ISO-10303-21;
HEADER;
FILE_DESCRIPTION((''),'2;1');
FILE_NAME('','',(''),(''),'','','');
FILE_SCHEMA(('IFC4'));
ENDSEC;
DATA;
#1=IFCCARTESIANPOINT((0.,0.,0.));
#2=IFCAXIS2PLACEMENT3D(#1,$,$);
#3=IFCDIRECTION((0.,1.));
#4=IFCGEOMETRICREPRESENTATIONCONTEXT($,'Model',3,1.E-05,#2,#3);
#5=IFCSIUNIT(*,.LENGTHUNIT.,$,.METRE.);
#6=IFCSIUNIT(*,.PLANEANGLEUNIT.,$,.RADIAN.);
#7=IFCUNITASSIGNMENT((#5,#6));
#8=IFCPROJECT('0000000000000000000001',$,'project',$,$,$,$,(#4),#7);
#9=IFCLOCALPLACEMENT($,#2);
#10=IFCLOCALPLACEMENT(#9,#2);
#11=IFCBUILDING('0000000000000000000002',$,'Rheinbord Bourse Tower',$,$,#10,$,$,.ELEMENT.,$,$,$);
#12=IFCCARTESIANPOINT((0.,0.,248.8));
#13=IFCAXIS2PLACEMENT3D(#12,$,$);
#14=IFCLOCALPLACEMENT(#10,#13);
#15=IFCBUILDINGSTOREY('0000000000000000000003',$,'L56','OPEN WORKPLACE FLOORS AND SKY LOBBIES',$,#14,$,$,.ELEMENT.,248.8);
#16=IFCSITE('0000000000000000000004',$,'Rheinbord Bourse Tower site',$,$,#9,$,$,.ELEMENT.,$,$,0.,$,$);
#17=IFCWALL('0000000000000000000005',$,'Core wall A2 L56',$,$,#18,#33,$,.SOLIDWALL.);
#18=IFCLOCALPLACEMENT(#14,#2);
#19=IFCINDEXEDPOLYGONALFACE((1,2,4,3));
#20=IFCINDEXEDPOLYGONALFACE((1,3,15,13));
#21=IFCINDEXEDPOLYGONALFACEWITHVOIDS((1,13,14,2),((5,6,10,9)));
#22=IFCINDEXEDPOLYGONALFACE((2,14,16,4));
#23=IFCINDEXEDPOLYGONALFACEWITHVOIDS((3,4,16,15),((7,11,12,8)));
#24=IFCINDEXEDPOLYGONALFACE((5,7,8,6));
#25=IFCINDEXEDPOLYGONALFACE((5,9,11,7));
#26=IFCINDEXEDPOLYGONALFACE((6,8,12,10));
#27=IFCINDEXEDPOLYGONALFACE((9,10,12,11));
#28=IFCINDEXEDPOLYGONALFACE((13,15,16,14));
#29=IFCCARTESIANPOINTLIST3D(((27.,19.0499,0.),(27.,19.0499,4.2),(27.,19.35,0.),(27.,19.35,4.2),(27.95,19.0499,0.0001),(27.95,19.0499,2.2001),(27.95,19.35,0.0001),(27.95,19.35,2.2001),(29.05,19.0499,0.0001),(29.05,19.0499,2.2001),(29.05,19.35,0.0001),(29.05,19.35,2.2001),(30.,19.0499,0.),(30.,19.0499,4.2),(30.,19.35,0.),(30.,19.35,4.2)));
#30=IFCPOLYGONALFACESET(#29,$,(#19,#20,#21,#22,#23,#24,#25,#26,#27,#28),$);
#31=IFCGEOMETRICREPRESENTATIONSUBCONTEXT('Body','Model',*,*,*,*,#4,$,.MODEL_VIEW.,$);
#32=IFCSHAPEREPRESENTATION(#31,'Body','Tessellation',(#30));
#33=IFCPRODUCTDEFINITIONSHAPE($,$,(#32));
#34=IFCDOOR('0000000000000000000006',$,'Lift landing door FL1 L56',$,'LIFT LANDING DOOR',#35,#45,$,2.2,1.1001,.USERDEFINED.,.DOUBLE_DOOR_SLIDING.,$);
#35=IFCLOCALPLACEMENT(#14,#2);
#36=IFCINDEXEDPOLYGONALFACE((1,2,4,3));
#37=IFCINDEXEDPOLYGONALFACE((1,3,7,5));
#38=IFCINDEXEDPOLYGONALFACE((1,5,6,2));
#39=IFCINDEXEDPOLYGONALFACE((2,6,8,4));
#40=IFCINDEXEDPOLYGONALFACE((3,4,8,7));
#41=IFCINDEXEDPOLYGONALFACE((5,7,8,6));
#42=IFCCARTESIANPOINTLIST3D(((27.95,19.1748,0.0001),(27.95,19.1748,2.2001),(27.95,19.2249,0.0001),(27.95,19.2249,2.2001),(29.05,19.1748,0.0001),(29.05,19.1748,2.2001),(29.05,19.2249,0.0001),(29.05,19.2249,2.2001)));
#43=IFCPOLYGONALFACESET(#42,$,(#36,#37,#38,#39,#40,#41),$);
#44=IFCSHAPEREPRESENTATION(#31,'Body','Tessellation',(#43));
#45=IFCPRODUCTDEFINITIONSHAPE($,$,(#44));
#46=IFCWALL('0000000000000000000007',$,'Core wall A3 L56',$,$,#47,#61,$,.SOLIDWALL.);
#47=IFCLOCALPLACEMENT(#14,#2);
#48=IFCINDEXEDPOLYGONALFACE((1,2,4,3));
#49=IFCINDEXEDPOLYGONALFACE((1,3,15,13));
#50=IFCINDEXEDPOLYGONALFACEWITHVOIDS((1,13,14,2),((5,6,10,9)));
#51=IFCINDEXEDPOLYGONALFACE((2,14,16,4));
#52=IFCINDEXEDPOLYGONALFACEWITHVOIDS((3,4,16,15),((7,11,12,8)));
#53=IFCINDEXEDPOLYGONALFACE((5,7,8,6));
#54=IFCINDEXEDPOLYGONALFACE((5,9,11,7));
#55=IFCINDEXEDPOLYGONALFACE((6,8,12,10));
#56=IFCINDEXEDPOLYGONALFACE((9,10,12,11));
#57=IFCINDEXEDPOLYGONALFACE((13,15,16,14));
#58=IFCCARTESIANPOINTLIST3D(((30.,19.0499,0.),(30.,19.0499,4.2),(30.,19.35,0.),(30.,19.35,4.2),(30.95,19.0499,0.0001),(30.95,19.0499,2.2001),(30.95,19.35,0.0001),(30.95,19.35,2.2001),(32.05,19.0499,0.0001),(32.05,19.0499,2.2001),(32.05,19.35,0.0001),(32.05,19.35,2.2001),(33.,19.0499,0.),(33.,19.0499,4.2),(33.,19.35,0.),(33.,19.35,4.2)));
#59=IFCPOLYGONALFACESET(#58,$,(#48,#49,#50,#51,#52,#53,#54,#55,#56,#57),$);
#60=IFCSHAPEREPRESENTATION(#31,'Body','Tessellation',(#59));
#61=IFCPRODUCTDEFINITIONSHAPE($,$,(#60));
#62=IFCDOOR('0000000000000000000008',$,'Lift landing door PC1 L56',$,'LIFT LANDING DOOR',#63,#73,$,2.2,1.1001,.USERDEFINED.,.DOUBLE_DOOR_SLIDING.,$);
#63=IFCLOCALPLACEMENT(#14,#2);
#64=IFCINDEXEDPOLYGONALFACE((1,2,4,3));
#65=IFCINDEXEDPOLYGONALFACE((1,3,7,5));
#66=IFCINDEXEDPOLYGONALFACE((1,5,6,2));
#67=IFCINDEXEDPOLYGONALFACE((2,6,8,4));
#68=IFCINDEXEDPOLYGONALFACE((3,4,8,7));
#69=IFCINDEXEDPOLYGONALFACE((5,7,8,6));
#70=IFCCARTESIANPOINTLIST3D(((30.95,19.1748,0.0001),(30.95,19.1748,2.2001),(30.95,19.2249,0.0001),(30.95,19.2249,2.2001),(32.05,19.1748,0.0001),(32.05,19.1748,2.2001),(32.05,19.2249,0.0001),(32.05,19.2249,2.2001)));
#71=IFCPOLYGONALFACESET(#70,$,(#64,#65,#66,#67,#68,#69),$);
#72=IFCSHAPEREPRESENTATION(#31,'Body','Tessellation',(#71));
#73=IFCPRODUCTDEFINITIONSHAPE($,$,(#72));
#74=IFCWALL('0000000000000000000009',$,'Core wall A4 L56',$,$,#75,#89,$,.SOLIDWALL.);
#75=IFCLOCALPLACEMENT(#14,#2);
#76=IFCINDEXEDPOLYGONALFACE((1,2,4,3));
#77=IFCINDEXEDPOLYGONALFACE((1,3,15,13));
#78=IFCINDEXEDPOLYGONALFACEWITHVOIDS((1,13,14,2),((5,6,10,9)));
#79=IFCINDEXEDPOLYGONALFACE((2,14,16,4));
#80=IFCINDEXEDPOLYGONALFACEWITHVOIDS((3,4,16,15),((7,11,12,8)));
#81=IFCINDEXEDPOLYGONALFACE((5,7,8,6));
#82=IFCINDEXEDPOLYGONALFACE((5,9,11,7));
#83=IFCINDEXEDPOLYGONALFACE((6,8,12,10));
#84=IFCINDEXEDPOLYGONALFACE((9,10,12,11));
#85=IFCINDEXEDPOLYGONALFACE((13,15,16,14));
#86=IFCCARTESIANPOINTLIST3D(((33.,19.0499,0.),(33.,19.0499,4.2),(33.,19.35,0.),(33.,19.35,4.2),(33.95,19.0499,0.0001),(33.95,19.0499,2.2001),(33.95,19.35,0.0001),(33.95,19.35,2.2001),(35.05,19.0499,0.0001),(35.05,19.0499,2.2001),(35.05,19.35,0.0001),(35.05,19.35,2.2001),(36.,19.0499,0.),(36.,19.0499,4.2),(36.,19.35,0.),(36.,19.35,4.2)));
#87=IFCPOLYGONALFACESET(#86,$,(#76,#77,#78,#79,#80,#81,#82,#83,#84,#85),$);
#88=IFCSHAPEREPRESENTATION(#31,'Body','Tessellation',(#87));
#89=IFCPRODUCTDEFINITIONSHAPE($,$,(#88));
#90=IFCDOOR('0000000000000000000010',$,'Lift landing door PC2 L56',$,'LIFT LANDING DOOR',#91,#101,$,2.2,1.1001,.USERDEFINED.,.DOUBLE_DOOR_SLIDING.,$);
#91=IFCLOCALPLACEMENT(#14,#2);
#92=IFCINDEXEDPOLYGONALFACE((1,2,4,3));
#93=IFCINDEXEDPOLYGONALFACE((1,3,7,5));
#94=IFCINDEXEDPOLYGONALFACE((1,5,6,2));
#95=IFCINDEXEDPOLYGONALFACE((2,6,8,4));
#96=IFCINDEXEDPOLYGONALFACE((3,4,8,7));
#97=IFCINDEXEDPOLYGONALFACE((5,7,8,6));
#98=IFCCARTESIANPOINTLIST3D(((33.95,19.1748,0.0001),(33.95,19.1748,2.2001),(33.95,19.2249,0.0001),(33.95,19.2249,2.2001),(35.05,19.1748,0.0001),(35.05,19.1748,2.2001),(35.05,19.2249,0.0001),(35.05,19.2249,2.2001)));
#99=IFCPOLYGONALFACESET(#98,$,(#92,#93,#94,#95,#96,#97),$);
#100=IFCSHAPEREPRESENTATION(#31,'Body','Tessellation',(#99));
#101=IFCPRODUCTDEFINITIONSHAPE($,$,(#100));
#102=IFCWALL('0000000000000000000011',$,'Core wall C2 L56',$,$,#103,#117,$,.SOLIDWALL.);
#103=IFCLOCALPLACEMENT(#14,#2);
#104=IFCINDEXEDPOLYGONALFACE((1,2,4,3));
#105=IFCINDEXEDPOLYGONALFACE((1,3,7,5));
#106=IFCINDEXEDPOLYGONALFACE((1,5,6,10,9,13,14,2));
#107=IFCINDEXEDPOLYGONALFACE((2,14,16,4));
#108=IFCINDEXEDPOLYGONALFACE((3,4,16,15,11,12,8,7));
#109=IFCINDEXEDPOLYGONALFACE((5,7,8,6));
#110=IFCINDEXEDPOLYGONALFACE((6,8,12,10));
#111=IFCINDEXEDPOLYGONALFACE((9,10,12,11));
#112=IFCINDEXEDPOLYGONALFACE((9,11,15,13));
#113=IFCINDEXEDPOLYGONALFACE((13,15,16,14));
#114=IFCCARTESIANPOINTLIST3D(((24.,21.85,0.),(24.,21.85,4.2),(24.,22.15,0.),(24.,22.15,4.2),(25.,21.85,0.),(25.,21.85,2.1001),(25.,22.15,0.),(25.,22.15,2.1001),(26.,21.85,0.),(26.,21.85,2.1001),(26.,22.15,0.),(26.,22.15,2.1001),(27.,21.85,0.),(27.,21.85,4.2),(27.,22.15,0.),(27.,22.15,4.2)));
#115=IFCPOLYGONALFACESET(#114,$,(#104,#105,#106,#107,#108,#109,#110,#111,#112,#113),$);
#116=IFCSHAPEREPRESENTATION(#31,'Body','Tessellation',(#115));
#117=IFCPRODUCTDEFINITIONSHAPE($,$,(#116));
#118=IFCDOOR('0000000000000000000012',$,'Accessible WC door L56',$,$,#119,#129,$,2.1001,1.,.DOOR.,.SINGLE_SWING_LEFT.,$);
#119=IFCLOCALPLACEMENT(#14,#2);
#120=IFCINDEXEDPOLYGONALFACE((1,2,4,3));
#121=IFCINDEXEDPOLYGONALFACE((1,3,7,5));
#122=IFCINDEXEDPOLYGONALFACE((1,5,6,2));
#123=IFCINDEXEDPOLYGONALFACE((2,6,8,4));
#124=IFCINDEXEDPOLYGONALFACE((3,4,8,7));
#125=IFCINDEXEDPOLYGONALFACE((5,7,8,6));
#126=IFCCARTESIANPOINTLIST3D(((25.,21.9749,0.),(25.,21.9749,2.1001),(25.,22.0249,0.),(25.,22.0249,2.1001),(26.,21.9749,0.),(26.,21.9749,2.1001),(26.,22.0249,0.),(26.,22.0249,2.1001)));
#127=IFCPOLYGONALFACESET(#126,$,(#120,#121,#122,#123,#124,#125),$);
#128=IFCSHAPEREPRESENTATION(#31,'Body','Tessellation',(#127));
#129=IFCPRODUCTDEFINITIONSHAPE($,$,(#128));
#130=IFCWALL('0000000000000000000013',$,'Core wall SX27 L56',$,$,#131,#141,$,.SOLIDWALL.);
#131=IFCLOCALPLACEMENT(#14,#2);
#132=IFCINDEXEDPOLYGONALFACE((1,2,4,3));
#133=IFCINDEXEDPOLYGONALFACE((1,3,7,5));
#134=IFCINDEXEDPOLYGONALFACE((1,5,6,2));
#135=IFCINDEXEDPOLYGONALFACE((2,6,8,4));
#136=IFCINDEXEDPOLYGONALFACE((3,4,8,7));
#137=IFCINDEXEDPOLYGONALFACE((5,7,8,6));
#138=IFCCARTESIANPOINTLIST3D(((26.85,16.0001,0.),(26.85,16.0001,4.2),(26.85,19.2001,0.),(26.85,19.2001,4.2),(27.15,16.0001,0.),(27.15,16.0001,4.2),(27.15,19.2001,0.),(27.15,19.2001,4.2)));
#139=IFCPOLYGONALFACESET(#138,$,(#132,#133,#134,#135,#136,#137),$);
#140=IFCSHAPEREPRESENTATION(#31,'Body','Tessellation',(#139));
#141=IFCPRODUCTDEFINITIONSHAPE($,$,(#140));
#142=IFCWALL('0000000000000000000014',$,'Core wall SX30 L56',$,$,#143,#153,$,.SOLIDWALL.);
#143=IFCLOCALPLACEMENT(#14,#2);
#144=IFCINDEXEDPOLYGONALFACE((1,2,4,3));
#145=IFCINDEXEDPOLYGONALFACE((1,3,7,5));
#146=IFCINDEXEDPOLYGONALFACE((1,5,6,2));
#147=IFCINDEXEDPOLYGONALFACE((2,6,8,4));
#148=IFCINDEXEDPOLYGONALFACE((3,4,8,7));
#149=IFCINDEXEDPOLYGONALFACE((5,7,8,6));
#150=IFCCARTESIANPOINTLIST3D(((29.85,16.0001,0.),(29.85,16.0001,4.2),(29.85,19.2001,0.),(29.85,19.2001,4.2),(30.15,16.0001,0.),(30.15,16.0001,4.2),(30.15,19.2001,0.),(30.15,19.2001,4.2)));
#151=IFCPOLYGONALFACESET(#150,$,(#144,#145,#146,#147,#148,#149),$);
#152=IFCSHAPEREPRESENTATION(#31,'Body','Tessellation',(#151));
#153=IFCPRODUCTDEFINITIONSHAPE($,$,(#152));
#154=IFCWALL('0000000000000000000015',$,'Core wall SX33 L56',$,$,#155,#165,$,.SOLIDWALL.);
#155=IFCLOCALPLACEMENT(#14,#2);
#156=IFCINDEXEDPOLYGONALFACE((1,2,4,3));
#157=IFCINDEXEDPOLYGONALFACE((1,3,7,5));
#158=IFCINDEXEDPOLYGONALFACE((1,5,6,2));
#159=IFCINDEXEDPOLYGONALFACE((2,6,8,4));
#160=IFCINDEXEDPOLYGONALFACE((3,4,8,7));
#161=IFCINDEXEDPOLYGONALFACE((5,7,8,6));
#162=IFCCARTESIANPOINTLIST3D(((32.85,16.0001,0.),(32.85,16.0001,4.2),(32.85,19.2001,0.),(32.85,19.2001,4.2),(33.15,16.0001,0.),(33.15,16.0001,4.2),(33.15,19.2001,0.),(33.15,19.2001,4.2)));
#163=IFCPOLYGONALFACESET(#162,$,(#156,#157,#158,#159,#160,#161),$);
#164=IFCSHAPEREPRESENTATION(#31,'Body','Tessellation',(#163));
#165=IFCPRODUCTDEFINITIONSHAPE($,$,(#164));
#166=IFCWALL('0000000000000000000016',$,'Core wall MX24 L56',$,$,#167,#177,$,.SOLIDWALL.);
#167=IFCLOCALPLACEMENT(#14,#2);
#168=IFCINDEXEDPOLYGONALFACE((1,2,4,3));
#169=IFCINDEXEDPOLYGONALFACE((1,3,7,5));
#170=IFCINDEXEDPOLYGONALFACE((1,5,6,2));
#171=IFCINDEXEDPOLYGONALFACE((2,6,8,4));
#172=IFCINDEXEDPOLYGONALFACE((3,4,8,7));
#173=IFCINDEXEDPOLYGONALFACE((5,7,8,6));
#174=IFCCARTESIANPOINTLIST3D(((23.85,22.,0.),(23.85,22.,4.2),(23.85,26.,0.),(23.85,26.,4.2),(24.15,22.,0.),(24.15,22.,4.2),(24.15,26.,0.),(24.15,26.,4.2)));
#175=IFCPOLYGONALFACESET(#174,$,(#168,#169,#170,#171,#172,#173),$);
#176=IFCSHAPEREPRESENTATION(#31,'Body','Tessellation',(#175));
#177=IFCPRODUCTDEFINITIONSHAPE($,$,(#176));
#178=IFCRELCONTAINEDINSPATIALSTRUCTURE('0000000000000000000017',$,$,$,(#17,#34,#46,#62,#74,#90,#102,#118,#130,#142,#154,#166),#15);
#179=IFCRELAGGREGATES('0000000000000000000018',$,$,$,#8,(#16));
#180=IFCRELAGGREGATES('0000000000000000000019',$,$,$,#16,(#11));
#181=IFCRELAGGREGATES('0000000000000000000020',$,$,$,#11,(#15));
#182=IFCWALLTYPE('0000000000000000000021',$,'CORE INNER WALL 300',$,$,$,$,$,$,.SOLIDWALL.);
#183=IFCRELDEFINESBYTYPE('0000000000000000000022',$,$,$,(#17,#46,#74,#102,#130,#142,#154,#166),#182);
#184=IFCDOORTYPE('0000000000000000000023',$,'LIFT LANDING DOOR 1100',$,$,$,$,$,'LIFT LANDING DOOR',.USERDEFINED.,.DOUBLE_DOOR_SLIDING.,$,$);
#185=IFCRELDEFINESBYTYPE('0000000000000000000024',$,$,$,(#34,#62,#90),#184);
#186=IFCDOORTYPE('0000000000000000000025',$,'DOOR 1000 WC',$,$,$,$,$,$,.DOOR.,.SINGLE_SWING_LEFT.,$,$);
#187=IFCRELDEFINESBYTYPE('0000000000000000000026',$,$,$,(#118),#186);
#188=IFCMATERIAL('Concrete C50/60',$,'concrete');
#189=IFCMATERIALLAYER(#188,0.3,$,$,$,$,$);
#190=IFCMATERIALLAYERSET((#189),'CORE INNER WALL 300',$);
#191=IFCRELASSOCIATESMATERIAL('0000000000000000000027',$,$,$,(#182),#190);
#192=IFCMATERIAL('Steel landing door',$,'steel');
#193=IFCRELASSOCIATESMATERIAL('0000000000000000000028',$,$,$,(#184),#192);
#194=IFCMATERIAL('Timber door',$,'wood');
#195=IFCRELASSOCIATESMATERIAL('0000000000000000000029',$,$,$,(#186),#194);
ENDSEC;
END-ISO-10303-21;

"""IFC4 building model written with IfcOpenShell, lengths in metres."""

from ifc_helpers import new_model, si_unit, direction, frame, frame_2d, origin, place, context, subcontext, project, spatial, rectangle, extrude, material, layer, layer_set, type_object, element, fill, save


model = new_model("IFC4")

# Units and contexts
model_context = context("Model", 3, precision=1e-05, world=origin(), true_north=direction((0.0, 1.0)))
body_context = subcontext(model_context, "Body", "Model", "MODEL_VIEW")
ifc_project = project(units=[si_unit("LENGTHUNIT", "METRE"), si_unit("PLANEANGLEUNIT", "RADIAN")], contexts=[model_context])

# Site, building, storey
site_placement = place(None, origin())
site = spatial("IfcSite", under=ifc_project, at=site_placement, Name="Rheinbord Bourse Tower site", CompositionType="ELEMENT", RefElevation=0.0)
building_placement = place(site_placement, origin())
building = spatial("IfcBuilding", under=site, at=building_placement, Name="Rheinbord Bourse Tower", CompositionType="ELEMENT")
storey_placement = place(building_placement, frame((0.0, 0.0, 248.8)))
storey = spatial("IfcBuildingStorey", under=building, at=storey_placement, Name="L56", Description="OPEN WORKPLACE FLOORS AND SKY LOBBIES", CompositionType="ELEMENT", Elevation=248.8)

# Walls, openings, doors
ifc_material_1 = material(Name="Concrete C50/60", Category="concrete")
ifc_layer_1 = layer(ifc_material_1, 0.3)
ifc_layer_set_1 = layer_set([ifc_layer_1], Name="CORE INNER WALL 300")
wall_type_1 = type_object("IfcWallType", Name="CORE INNER WALL 300", PredefinedType="SOLIDWALL", material=ifc_layer_set_1)
wall_1_placement = place(storey_placement, frame((27.0, 19.2, 0.0), z_axis=(0.0, 0.0, 1.0), x_axis=(1.0, 0.0, 0.0)))
wall_1 = element("IfcWall", 1, at=wall_1_placement, inside=storey, type_object=wall_type_1, Name="Core wall A2 L56", PredefinedType="SOLIDWALL", context=body_context, shape_type="SweptSolid", body=[
    extrude(rectangle(XDim=3.0, YDim=0.3, at=frame_2d((1.5, 0.0))), origin(), (0.0, 0.0, 1.0), 4.2),
])
opening_1_placement = place(wall_1_placement, frame((0.95, 0.0, 0.0)))
opening_1 = element("IfcOpeningElement", 2, at=opening_1_placement, cuts=wall_1, PredefinedType="OPENING", context=body_context, shape_type="SweptSolid", body=[
    extrude(rectangle(XDim=1.1001, YDim=2.2, at=frame_2d((0.55, 1.1001))), frame((0.0, 0.1599, 0.0), z_axis=(0.0, -1.0, 0.0), x_axis=(1.0, 0.0, 0.0)), (0.0, 0.0, 1.0), 0.3201),
])
ifc_material_2 = material(Name="Steel landing door", Category="steel")
door_type_1 = type_object("IfcDoorType", Name="LIFT LANDING DOOR 1100", ElementType="LIFT LANDING DOOR", OperationType="DOUBLE_DOOR_SLIDING", PredefinedType="USERDEFINED", material=ifc_material_2)
door_1_placement = place(opening_1_placement, origin())
door_1 = element("IfcDoor", 3, at=door_1_placement, inside=storey, type_object=door_type_1, Name="Lift landing door FL1 L56", ObjectType="LIFT LANDING DOOR", OperationType="DOUBLE_DOOR_SLIDING", OverallHeight=2.2, OverallWidth=1.1001, PredefinedType="USERDEFINED", context=body_context, shape_type="SweptSolid", body=[
    extrude(rectangle(XDim=1.1001, YDim=2.2, at=frame_2d((0.55, 1.1001))), frame((0.0, 0.0249, 0.0), z_axis=(0.0, -1.0, 0.0), x_axis=(1.0, 0.0, 0.0)), (0.0, 0.0, 1.0), 0.05),
])
fill(opening_1, door_1)
wall_2_placement = place(storey_placement, frame((30.0, 19.2, 0.0), z_axis=(0.0, 0.0, 1.0), x_axis=(1.0, 0.0, 0.0)))
wall_2 = element("IfcWall", 4, at=wall_2_placement, inside=storey, type_object=wall_type_1, Name="Core wall A3 L56", PredefinedType="SOLIDWALL", context=body_context, shape_type="SweptSolid", body=[
    extrude(rectangle(XDim=3.0, YDim=0.3, at=frame_2d((1.5, 0.0))), origin(), (0.0, 0.0, 1.0), 4.2),
])
opening_2_placement = place(wall_2_placement, frame((0.95, 0.0, 0.0)))
opening_2 = element("IfcOpeningElement", 5, at=opening_2_placement, cuts=wall_2, PredefinedType="OPENING", context=body_context, shape_type="SweptSolid", body=[
    extrude(rectangle(XDim=1.1001, YDim=2.2, at=frame_2d((0.55, 1.1001))), frame((0.0, 0.1599, 0.0), z_axis=(0.0, -1.0, 0.0), x_axis=(1.0, 0.0, 0.0)), (0.0, 0.0, 1.0), 0.3201),
])
door_2_placement = place(opening_2_placement, origin())
door_2 = element("IfcDoor", 6, at=door_2_placement, inside=storey, type_object=door_type_1, Name="Lift landing door PC1 L56", ObjectType="LIFT LANDING DOOR", OperationType="DOUBLE_DOOR_SLIDING", OverallHeight=2.2, OverallWidth=1.1001, PredefinedType="USERDEFINED", context=body_context, shape_type="SweptSolid", body=[
    extrude(rectangle(XDim=1.1001, YDim=2.2, at=frame_2d((0.55, 1.1001))), frame((0.0, 0.0249, 0.0), z_axis=(0.0, -1.0, 0.0), x_axis=(1.0, 0.0, 0.0)), (0.0, 0.0, 1.0), 0.05),
])
fill(opening_2, door_2)
wall_3_placement = place(storey_placement, frame((33.0, 19.2, 0.0), z_axis=(0.0, 0.0, 1.0), x_axis=(1.0, 0.0, 0.0)))
wall_3 = element("IfcWall", 7, at=wall_3_placement, inside=storey, type_object=wall_type_1, Name="Core wall A4 L56", PredefinedType="SOLIDWALL", context=body_context, shape_type="SweptSolid", body=[
    extrude(rectangle(XDim=3.0, YDim=0.3, at=frame_2d((1.5, 0.0))), origin(), (0.0, 0.0, 1.0), 4.2),
])
opening_3_placement = place(wall_3_placement, frame((0.95, 0.0, 0.0)))
opening_3 = element("IfcOpeningElement", 8, at=opening_3_placement, cuts=wall_3, PredefinedType="OPENING", context=body_context, shape_type="SweptSolid", body=[
    extrude(rectangle(XDim=1.1001, YDim=2.2, at=frame_2d((0.55, 1.1001))), frame((0.0, 0.1599, 0.0), z_axis=(0.0, -1.0, 0.0), x_axis=(1.0, 0.0, 0.0)), (0.0, 0.0, 1.0), 0.3201),
])
door_3_placement = place(opening_3_placement, origin())
door_3 = element("IfcDoor", 9, at=door_3_placement, inside=storey, type_object=door_type_1, Name="Lift landing door PC2 L56", ObjectType="LIFT LANDING DOOR", OperationType="DOUBLE_DOOR_SLIDING", OverallHeight=2.2, OverallWidth=1.1001, PredefinedType="USERDEFINED", context=body_context, shape_type="SweptSolid", body=[
    extrude(rectangle(XDim=1.1001, YDim=2.2, at=frame_2d((0.55, 1.1001))), frame((0.0, 0.0249, 0.0), z_axis=(0.0, -1.0, 0.0), x_axis=(1.0, 0.0, 0.0)), (0.0, 0.0, 1.0), 0.05),
])
fill(opening_3, door_3)
wall_4_placement = place(storey_placement, frame((24.0, 22.0, 0.0), z_axis=(0.0, 0.0, 1.0), x_axis=(1.0, 0.0, 0.0)))
wall_4 = element("IfcWall", 10, at=wall_4_placement, inside=storey, type_object=wall_type_1, Name="Core wall C2 L56", PredefinedType="SOLIDWALL", context=body_context, shape_type="SweptSolid", body=[
    extrude(rectangle(XDim=3.0, YDim=0.3, at=frame_2d((1.5, 0.0))), origin(), (0.0, 0.0, 1.0), 4.2),
])
opening_4_placement = place(wall_4_placement, frame((1.0, 0.0, 0.0)))
opening_4 = element("IfcOpeningElement", 11, at=opening_4_placement, cuts=wall_4, PredefinedType="OPENING", context=body_context, shape_type="SweptSolid", body=[
    extrude(rectangle(XDim=1.0, YDim=2.1001, at=frame_2d((0.5, 1.05))), frame((0.0, 0.1599, 0.0), z_axis=(0.0, -1.0, 0.0), x_axis=(1.0, 0.0, 0.0)), (0.0, 0.0, 1.0), 0.3201),
])
ifc_material_3 = material(Name="Timber door", Category="wood")
door_type_2 = type_object("IfcDoorType", Name="DOOR 1000 WC", OperationType="SINGLE_SWING_LEFT", PredefinedType="DOOR", material=ifc_material_3)
door_4_placement = place(opening_4_placement, origin())
door_4 = element("IfcDoor", 12, at=door_4_placement, inside=storey, type_object=door_type_2, Name="Accessible WC door L56", OperationType="SINGLE_SWING_LEFT", OverallHeight=2.1001, OverallWidth=1.0, PredefinedType="DOOR", context=body_context, shape_type="SweptSolid", body=[
    extrude(rectangle(XDim=1.0, YDim=2.1001, at=frame_2d((0.5, 1.05))), frame((0.0, 0.0249, 0.0), z_axis=(0.0, -1.0, 0.0), x_axis=(1.0, 0.0, 0.0)), (0.0, 0.0, 1.0), 0.05),
])
fill(opening_4, door_4)

# Walls
for number, where, z_axis, x_axis, name in (
    (13, (27.0, 16.0, 0.0), (0.0, 0.0, 1.0), (0.0, 1.0, 0.0), "Core wall SX27 L56"),
    (14, (30.0, 16.0, 0.0), (0.0, 0.0, 1.0), (0.0, 1.0, 0.0), "Core wall SX30 L56"),
    (15, (33.0, 16.0, 0.0), (0.0, 0.0, 1.0), (0.0, 1.0, 0.0), "Core wall SX33 L56"),
):
    element("IfcWall", number, at=place(storey_placement, frame(where, z_axis=z_axis, x_axis=x_axis)), inside=storey, type_object=wall_type_1, Name=name, PredefinedType="SOLIDWALL", context=body_context, shape_type="SweptSolid", body=[
        extrude(rectangle(XDim=3.2, YDim=0.3, at=frame_2d((1.6001, 0.0))), origin(), (0.0, 0.0, 1.0), 4.2),
    ])
wall_5_placement = place(storey_placement, frame((24.0, 22.0, 0.0), z_axis=(0.0, 0.0, 1.0), x_axis=(0.0, 1.0, 0.0)))
element("IfcWall", 16, at=wall_5_placement, inside=storey, type_object=wall_type_1, Name="Core wall MX24 L56", PredefinedType="SOLIDWALL", context=body_context, shape_type="SweptSolid", body=[
    extrude(rectangle(XDim=4.0, YDim=0.3, at=frame_2d((2.0, 0.0))), origin(), (0.0, 0.0, 1.0), 4.2),
])

save(model, "model.ifc")
